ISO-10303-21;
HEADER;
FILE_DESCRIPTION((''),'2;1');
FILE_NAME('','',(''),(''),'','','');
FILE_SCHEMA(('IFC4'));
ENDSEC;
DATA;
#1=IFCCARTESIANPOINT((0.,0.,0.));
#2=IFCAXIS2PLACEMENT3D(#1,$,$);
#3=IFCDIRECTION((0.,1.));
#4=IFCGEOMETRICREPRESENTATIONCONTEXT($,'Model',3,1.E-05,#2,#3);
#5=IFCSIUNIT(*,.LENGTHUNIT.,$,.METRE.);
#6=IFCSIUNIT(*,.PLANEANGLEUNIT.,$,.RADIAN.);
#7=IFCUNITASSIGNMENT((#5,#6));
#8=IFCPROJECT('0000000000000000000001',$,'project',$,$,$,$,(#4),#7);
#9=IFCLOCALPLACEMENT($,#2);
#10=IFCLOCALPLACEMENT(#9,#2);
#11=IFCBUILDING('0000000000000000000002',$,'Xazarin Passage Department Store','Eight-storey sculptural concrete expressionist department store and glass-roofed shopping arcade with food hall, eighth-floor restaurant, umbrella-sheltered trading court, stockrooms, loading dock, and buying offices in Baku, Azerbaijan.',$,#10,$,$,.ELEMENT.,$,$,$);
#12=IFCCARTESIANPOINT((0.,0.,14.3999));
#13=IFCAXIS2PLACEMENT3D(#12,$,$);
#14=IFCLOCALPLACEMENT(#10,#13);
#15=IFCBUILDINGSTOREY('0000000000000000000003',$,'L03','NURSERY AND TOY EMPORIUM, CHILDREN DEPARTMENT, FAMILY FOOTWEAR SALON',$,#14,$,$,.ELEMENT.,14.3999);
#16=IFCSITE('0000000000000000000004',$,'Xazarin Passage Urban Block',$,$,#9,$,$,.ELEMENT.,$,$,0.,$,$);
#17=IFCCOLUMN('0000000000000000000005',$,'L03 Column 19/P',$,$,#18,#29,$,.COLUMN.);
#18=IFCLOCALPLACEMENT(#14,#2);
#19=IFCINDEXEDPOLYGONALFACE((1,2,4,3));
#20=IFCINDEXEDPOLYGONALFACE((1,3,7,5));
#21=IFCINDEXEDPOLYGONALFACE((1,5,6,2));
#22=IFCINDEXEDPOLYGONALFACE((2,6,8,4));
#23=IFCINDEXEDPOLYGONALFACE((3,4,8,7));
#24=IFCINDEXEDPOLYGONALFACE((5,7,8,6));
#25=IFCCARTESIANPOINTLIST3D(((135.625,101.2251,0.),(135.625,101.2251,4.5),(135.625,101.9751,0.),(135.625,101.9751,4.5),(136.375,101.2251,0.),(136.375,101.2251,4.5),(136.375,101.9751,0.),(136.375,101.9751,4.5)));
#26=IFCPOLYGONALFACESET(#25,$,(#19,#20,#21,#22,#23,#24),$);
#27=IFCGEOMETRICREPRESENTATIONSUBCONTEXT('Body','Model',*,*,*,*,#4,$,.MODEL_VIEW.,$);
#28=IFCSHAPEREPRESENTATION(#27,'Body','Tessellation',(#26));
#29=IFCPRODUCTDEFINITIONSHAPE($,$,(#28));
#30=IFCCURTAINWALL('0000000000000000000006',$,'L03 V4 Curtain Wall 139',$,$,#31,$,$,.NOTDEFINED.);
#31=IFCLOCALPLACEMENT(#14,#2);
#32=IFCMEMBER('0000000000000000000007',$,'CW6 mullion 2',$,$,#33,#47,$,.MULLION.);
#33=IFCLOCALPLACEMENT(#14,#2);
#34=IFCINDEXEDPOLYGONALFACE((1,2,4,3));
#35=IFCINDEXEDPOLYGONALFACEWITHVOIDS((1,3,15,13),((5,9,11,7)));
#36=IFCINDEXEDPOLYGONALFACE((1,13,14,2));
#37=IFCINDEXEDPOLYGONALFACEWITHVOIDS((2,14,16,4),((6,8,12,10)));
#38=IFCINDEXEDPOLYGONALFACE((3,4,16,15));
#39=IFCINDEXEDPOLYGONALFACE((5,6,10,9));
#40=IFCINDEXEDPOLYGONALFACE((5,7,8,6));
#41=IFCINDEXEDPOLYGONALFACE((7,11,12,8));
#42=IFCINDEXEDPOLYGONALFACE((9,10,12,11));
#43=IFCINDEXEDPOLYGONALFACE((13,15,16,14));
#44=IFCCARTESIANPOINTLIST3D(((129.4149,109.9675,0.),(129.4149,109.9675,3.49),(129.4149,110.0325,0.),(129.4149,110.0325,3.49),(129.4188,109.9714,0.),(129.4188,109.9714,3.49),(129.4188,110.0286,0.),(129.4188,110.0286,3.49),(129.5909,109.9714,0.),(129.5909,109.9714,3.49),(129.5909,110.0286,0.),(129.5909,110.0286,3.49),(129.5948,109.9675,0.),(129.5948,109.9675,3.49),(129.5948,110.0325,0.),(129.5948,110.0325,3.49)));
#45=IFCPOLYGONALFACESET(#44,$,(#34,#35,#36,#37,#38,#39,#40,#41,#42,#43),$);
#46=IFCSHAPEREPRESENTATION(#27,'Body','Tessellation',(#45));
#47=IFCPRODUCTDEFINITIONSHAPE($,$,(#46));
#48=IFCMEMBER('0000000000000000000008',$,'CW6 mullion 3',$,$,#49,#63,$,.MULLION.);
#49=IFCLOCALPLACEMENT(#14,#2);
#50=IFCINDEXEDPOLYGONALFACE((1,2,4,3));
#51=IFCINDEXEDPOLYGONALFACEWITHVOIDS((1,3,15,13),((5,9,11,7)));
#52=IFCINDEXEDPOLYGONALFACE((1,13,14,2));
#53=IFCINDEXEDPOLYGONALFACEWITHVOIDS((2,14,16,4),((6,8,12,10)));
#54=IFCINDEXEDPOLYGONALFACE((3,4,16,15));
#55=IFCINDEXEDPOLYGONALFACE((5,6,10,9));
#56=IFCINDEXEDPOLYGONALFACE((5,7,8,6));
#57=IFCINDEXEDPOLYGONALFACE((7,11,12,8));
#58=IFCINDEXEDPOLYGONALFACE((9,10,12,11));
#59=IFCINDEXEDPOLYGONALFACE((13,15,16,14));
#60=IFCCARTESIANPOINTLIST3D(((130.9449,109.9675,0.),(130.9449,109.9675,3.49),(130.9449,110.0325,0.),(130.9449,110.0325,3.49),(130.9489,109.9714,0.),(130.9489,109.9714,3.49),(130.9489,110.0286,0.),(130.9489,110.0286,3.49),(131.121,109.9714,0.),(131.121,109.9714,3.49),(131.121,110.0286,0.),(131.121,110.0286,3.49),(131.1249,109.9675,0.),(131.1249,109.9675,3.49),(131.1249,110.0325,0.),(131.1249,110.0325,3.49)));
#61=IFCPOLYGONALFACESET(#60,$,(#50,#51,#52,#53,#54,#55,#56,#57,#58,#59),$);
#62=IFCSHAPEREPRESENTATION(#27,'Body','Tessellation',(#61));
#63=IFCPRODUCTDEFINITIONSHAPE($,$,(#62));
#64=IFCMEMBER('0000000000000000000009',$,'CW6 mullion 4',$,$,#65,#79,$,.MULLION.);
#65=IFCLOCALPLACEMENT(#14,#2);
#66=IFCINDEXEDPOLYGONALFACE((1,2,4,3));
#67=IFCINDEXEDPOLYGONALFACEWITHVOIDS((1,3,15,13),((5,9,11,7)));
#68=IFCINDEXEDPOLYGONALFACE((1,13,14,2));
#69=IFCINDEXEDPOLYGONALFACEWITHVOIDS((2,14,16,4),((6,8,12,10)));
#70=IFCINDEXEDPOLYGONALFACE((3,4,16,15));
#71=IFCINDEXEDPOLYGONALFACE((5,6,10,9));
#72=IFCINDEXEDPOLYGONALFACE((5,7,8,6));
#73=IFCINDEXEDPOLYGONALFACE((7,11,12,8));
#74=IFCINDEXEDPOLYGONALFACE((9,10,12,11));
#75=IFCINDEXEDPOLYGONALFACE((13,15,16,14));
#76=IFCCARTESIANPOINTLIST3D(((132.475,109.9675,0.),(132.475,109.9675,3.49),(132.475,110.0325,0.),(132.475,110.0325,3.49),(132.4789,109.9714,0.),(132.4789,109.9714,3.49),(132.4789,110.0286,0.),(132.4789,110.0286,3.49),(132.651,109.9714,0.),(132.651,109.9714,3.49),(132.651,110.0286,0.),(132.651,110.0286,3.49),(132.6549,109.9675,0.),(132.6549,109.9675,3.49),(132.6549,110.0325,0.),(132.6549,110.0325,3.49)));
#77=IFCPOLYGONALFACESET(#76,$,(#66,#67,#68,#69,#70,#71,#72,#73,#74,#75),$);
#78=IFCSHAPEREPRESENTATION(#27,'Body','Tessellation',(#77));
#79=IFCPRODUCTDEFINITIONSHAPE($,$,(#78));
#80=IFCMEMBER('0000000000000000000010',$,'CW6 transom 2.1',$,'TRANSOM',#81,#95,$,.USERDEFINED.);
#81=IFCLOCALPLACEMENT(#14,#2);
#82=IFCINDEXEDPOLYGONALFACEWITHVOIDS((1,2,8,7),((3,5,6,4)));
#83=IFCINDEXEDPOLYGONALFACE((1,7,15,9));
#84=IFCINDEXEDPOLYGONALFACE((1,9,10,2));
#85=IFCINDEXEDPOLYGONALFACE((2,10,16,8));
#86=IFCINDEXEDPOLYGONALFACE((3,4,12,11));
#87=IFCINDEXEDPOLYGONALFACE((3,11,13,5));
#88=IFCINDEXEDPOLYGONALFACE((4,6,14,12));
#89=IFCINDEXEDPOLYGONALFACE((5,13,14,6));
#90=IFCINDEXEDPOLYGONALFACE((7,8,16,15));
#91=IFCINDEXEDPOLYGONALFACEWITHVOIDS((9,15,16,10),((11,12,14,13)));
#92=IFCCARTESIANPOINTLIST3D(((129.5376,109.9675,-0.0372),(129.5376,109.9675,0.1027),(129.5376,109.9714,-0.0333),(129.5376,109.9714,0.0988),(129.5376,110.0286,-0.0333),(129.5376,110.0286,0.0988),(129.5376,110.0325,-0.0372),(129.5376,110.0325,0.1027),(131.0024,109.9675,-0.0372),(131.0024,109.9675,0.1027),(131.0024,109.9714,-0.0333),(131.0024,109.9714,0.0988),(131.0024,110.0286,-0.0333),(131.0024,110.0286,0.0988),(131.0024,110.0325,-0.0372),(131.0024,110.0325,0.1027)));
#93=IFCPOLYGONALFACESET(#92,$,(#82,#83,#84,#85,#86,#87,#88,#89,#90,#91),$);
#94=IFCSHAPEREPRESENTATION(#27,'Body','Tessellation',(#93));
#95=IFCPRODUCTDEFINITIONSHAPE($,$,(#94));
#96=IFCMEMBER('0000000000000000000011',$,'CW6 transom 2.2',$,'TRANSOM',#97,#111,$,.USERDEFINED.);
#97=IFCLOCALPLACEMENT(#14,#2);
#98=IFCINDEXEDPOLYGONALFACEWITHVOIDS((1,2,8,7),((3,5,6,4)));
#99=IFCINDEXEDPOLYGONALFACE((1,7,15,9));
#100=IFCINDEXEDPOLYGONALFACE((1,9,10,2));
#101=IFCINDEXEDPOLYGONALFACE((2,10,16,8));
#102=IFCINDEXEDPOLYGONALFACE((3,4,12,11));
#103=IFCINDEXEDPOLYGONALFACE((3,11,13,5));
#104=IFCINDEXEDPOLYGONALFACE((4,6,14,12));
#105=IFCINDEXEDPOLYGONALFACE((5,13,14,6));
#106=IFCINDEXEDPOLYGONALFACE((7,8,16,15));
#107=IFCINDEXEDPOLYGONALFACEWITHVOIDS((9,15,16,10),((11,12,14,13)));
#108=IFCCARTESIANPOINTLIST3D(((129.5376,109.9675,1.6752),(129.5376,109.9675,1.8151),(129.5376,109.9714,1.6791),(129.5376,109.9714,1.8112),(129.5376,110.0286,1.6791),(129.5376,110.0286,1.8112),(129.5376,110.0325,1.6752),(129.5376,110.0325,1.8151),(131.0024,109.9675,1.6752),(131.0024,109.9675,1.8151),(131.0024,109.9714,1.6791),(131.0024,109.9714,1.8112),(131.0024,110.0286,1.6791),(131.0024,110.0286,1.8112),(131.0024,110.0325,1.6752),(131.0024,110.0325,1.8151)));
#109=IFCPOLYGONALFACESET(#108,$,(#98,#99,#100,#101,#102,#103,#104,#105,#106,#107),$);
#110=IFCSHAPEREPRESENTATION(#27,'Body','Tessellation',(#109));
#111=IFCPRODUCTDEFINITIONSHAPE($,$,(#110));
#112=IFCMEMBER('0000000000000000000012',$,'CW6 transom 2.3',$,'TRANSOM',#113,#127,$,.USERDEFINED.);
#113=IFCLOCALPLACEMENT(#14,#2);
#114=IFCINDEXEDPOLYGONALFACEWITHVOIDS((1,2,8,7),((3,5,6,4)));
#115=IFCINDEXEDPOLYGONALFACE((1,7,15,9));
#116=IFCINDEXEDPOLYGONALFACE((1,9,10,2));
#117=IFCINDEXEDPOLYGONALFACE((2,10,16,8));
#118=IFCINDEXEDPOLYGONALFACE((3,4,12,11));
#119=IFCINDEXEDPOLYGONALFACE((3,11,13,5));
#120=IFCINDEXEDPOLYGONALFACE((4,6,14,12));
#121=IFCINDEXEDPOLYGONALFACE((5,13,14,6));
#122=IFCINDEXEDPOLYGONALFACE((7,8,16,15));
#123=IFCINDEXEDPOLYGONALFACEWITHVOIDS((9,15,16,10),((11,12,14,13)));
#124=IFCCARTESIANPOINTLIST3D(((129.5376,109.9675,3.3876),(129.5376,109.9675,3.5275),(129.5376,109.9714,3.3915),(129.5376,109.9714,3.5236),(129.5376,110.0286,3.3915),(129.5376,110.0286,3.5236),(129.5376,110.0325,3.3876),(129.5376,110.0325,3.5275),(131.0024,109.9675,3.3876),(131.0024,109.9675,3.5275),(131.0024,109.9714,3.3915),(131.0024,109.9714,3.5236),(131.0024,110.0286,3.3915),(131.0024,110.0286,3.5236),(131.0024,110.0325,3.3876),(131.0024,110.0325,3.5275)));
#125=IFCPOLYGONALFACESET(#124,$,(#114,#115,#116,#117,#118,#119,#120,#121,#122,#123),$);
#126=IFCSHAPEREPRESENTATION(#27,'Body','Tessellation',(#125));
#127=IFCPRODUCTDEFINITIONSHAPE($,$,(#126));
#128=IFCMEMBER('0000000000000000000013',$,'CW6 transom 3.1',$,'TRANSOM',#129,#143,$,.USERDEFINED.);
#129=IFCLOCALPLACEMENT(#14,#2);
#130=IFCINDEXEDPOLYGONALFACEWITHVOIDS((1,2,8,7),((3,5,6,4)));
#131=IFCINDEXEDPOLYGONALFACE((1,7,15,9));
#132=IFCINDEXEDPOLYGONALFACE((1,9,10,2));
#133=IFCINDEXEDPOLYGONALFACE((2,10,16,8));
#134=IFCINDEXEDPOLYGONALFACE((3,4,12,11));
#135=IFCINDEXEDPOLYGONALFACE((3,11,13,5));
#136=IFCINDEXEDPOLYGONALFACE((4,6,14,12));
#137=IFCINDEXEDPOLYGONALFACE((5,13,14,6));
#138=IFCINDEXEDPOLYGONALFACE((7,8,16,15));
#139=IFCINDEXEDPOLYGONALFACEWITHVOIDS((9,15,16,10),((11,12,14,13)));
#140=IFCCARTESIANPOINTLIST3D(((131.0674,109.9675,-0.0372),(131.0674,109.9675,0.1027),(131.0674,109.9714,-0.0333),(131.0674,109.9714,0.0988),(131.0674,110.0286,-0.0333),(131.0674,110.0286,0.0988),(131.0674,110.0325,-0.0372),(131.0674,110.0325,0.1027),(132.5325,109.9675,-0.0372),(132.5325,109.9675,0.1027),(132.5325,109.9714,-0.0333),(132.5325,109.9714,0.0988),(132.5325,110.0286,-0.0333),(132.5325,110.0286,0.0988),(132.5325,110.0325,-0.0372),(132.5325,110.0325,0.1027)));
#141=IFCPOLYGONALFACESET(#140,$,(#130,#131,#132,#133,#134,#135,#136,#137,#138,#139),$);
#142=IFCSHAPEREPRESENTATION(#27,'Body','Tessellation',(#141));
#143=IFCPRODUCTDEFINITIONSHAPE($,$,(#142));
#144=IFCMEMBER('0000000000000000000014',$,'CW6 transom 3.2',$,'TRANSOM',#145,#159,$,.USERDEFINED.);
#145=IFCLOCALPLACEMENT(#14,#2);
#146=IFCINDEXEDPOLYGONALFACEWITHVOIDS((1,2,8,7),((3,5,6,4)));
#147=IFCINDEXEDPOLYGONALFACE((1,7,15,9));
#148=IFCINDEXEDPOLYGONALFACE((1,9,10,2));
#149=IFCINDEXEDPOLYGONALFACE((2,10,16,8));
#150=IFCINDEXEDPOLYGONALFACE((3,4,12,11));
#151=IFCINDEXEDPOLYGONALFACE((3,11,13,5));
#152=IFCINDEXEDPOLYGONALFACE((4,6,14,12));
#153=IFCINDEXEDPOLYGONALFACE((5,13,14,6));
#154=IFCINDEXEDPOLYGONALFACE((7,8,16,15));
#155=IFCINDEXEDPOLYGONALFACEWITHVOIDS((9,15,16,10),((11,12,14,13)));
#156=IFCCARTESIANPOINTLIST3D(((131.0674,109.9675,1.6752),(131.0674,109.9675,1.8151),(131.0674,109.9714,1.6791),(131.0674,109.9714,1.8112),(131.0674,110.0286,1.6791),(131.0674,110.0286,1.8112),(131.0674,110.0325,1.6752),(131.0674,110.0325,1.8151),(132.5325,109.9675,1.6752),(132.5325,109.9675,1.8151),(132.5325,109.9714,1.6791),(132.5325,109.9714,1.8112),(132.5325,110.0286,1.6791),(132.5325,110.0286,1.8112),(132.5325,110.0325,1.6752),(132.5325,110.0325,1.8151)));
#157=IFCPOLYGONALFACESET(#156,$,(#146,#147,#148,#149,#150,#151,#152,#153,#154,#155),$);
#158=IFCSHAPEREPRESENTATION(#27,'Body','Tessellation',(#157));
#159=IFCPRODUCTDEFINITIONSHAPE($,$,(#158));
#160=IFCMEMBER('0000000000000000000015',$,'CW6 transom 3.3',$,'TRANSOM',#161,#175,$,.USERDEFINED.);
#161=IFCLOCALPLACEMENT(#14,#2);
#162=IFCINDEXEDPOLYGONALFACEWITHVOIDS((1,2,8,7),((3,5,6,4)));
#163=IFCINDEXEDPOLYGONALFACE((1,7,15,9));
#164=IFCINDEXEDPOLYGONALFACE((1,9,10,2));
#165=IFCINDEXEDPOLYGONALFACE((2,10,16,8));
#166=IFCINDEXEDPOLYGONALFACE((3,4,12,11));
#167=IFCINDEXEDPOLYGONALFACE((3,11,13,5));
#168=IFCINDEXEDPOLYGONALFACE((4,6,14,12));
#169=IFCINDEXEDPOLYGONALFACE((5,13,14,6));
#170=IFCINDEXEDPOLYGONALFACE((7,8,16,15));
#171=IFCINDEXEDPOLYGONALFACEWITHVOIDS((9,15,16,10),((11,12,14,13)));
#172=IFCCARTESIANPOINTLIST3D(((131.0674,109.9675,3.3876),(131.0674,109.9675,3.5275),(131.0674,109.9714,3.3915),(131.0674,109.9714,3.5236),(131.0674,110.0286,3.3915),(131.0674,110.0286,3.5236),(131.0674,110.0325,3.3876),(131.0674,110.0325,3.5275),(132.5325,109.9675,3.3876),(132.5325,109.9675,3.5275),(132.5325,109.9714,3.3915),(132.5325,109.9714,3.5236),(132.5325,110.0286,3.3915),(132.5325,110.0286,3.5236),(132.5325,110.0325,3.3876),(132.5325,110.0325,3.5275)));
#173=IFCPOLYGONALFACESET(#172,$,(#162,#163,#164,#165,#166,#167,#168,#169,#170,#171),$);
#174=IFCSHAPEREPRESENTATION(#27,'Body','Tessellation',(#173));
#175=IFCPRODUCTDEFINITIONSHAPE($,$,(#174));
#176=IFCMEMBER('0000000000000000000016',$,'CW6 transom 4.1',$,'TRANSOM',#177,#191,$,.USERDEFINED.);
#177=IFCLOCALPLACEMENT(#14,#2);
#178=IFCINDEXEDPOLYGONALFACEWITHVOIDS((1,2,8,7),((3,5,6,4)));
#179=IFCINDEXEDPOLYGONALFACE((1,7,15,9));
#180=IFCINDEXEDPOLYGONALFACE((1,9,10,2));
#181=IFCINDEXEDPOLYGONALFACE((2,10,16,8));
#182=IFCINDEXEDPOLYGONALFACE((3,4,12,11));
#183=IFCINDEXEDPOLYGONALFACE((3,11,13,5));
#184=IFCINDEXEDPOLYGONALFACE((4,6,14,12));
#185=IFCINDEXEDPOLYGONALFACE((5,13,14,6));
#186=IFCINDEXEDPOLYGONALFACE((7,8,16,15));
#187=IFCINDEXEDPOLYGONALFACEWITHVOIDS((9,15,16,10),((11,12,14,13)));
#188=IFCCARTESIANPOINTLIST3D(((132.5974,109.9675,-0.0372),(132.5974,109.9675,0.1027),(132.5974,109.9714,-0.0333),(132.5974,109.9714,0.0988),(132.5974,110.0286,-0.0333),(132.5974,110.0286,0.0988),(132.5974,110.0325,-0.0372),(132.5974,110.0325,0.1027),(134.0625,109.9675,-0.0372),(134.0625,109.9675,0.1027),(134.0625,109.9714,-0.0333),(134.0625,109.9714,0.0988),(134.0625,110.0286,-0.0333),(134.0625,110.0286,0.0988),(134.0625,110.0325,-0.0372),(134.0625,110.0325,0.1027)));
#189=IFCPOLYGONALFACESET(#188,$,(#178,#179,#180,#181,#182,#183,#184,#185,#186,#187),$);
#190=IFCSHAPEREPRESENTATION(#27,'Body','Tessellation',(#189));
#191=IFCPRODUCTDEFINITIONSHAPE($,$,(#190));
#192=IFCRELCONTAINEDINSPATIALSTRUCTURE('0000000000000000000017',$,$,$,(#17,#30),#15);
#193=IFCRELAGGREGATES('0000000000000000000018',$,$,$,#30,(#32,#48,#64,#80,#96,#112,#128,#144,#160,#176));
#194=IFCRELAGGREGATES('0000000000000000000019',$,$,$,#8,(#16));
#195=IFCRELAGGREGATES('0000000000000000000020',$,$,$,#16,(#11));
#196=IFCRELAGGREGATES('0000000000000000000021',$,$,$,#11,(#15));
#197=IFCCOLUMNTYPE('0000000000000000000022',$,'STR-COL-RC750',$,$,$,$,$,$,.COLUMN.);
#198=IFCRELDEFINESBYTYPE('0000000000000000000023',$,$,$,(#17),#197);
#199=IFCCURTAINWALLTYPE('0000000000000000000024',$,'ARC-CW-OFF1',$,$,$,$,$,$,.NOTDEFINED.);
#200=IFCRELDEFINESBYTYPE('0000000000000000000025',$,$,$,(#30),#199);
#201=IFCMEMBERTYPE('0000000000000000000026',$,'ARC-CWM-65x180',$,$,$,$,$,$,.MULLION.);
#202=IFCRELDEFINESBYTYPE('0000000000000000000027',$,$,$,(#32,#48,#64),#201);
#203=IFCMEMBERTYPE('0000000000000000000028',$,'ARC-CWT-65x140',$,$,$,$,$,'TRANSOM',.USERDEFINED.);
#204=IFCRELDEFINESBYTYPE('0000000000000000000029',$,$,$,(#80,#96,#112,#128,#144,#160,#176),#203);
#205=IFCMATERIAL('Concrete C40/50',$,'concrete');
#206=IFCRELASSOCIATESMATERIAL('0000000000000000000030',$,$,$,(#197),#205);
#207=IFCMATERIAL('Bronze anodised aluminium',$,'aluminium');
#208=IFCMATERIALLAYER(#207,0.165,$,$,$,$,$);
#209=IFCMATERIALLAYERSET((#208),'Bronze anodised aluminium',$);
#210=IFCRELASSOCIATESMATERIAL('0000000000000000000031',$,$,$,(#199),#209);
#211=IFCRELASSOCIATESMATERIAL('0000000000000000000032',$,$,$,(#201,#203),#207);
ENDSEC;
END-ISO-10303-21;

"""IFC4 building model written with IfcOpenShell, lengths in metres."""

from ifc_helpers import new_model, si_unit, direction, frame, origin, origin_2d, place, context, subcontext, project, spatial, rectangle, hollow_rectangle, extrude, material, layer, layer_set, material_profile, profile_set, type_object, element, aggregate, save


model = new_model("IFC4")

# Units and contexts
model_context = context("Model", 3, precision=1e-05, world=origin(), true_north=direction((0.0, 1.0)))
body_context = subcontext(model_context, "Body", "Model", "MODEL_VIEW")
ifc_project = project(units=[si_unit("LENGTHUNIT", "METRE"), si_unit("PLANEANGLEUNIT", "RADIAN")], contexts=[model_context])

# Site, building, storey
site_placement = place(None, origin())
site = spatial("IfcSite", under=ifc_project, at=site_placement, Name="Xazarin Passage Urban Block", CompositionType="ELEMENT", RefElevation=0.0)
building_placement = place(site_placement, origin())
building = spatial("IfcBuilding", under=site, at=building_placement, Name="Xazarin Passage Department Store", Description="Eight-storey sculptural concrete expressionist department store and glass-roofed shopping arcade with food hall, eighth-floor restaurant, umbrella-sheltered trading court, stockrooms, loading dock, and buying offices in Baku, Azerbaijan.", CompositionType="ELEMENT")
storey_placement = place(building_placement, frame((0.0, 0.0, 14.3999)))
storey = spatial("IfcBuildingStorey", under=building, at=storey_placement, Name="L03", Description="NURSERY AND TOY EMPORIUM, CHILDREN DEPARTMENT, FAMILY FOOTWEAR SALON", CompositionType="ELEMENT", Elevation=14.3999)

# Column
ifc_material_1 = material(Name="Concrete C40/50", Category="concrete")
ifc_material_profile_1 = material_profile(ifc_material_1, rectangle(XDim=0.75, YDim=0.75, at=origin_2d()), Name="RC 750x750")
ifc_profile_set_1 = profile_set([ifc_material_profile_1], Name="Concrete C40/50")
column_type = type_object("IfcColumnType", Name="STR-COL-RC750", PredefinedType="COLUMN", material=ifc_profile_set_1)
column_placement = place(storey_placement, frame((136.0, 101.6001, 0.0), z_axis=(0.0, 0.0, 1.0), x_axis=(1.0, 0.0, 0.0)))
element("IfcColumn", 1, at=column_placement, inside=storey, type_object=column_type, Name="L03 Column 19/P", PredefinedType="COLUMN", context=body_context, shape_type="SweptSolid", body=[
    extrude(rectangle(XDim=0.75, YDim=0.75, at=origin_2d()), origin(), (0.0, 0.0, 1.0), 4.5),
])

# Curtain wall, members
ifc_material_2 = material(Name="Bronze anodised aluminium", Category="aluminium")
ifc_layer_1 = layer(ifc_material_2, 0.165)
ifc_layer_set_1 = layer_set([ifc_layer_1], Name="Bronze anodised aluminium")
curtain_wall_type = type_object("IfcCurtainWallType", Name="ARC-CW-OFF1", PredefinedType="NOTDEFINED", material=ifc_layer_set_1)
curtain_wall_placement = place(storey_placement, origin())
curtain_wall = element("IfcCurtainWall", 2, at=curtain_wall_placement, inside=storey, type_object=curtain_wall_type, Name="L03 V4 Curtain Wall 139", PredefinedType="NOTDEFINED")
ifc_material_profile_2 = material_profile(ifc_material_2, hollow_rectangle(XDim=0.0649, YDim=0.1799, WallThickness=0.0039, at=origin_2d()), Name="ALU 65x180")
ifc_profile_set_2 = profile_set([ifc_material_profile_2], Name="Bronze anodised aluminium")
member_type_1 = type_object("IfcMemberType", Name="ARC-CWM-65x180", PredefinedType="MULLION", material=ifc_profile_set_2)
member_1_placement = place(storey_placement, frame((129.5049, 110.0, 0.0), z_axis=(0.0, 0.0, 1.0), x_axis=(0.0, 1.0, 0.0)))
member_1 = element("IfcMember", 3, at=member_1_placement, type_object=member_type_1, Name="CW6 mullion 2", PredefinedType="MULLION", context=body_context, shape_type="SweptSolid", body=[
    extrude(hollow_rectangle(XDim=0.0649, YDim=0.1799, WallThickness=0.0039, at=origin_2d()), origin(), (0.0, 0.0, 1.0), 3.49),
])
member_2_placement = place(storey_placement, frame((131.0349, 110.0, 0.0), z_axis=(0.0, 0.0, 1.0), x_axis=(0.0, 1.0, 0.0)))
member_2 = element("IfcMember", 4, at=member_2_placement, type_object=member_type_1, Name="CW6 mullion 3", PredefinedType="MULLION", context=body_context, shape_type="SweptSolid", body=[
    extrude(hollow_rectangle(XDim=0.0649, YDim=0.1799, WallThickness=0.0039, at=origin_2d()), origin(), (0.0, 0.0, 1.0), 3.49),
])
member_3_placement = place(storey_placement, frame((132.5649, 110.0, 0.0), z_axis=(0.0, 0.0, 1.0), x_axis=(0.0, 1.0, 0.0)))
member_3 = element("IfcMember", 5, at=member_3_placement, type_object=member_type_1, Name="CW6 mullion 4", PredefinedType="MULLION", context=body_context, shape_type="SweptSolid", body=[
    extrude(hollow_rectangle(XDim=0.0649, YDim=0.1799, WallThickness=0.0039, at=origin_2d()), origin(), (0.0, 0.0, 1.0), 3.49),
])
ifc_material_profile_3 = material_profile(ifc_material_2, hollow_rectangle(XDim=0.0649, YDim=0.1399, WallThickness=0.0039, at=origin_2d()), Name="ALU 65x140")
ifc_profile_set_3 = profile_set([ifc_material_profile_3], Name="Bronze anodised aluminium")
member_type_2 = type_object("IfcMemberType", Name="ARC-CWT-65x140", ElementType="TRANSOM", PredefinedType="USERDEFINED", material=ifc_profile_set_3)
member_4_placement = place(storey_placement, frame((129.5376, 110.0, 0.0327), z_axis=(1.0, 0.0, 0.0), x_axis=(0.0, 1.0, 0.0)))
member_4 = element("IfcMember", 6, at=member_4_placement, type_object=member_type_2, Name="CW6 transom 2.1", ObjectType="TRANSOM", PredefinedType="USERDEFINED", context=body_context, shape_type="SweptSolid", body=[
    extrude(hollow_rectangle(XDim=0.0649, YDim=0.1399, WallThickness=0.0039, at=origin_2d()), origin(), (0.0, 0.0, 1.0), 1.4648),
])
member_5_placement = place(storey_placement, frame((129.5376, 110.0, 1.7451), z_axis=(1.0, 0.0, 0.0), x_axis=(0.0, 1.0, 0.0)))
member_5 = element("IfcMember", 7, at=member_5_placement, type_object=member_type_2, Name="CW6 transom 2.2", ObjectType="TRANSOM", PredefinedType="USERDEFINED", context=body_context, shape_type="SweptSolid", body=[
    extrude(hollow_rectangle(XDim=0.0649, YDim=0.1399, WallThickness=0.0039, at=origin_2d()), origin(), (0.0, 0.0, 1.0), 1.4648),
])
member_6_placement = place(storey_placement, frame((129.5376, 110.0, 3.4575), z_axis=(1.0, 0.0, 0.0), x_axis=(0.0, 1.0, 0.0)))
member_6 = element("IfcMember", 8, at=member_6_placement, type_object=member_type_2, Name="CW6 transom 2.3", ObjectType="TRANSOM", PredefinedType="USERDEFINED", context=body_context, shape_type="SweptSolid", body=[
    extrude(hollow_rectangle(XDim=0.0649, YDim=0.1399, WallThickness=0.0039, at=origin_2d()), origin(), (0.0, 0.0, 1.0), 1.4648),
])
member_7_placement = place(storey_placement, frame((131.0674, 110.0, 0.0327), z_axis=(1.0, 0.0, 0.0), x_axis=(0.0, 1.0, 0.0)))
member_7 = element("IfcMember", 9, at=member_7_placement, type_object=member_type_2, Name="CW6 transom 3.1", ObjectType="TRANSOM", PredefinedType="USERDEFINED", context=body_context, shape_type="SweptSolid", body=[
    extrude(hollow_rectangle(XDim=0.0649, YDim=0.1399, WallThickness=0.0039, at=origin_2d()), origin(), (0.0, 0.0, 1.0), 1.4651),
])
member_8_placement = place(storey_placement, frame((131.0674, 110.0, 1.7451), z_axis=(1.0, 0.0, 0.0), x_axis=(0.0, 1.0, 0.0)))
member_8 = element("IfcMember", 10, at=member_8_placement, type_object=member_type_2, Name="CW6 transom 3.2", ObjectType="TRANSOM", PredefinedType="USERDEFINED", context=body_context, shape_type="SweptSolid", body=[
    extrude(hollow_rectangle(XDim=0.0649, YDim=0.1399, WallThickness=0.0039, at=origin_2d()), origin(), (0.0, 0.0, 1.0), 1.4651),
])
member_9_placement = place(storey_placement, frame((131.0674, 110.0, 3.4575), z_axis=(1.0, 0.0, 0.0), x_axis=(0.0, 1.0, 0.0)))
member_9 = element("IfcMember", 11, at=member_9_placement, type_object=member_type_2, Name="CW6 transom 3.3", ObjectType="TRANSOM", PredefinedType="USERDEFINED", context=body_context, shape_type="SweptSolid", body=[
    extrude(hollow_rectangle(XDim=0.0649, YDim=0.1399, WallThickness=0.0039, at=origin_2d()), origin(), (0.0, 0.0, 1.0), 1.4651),
])
member_10_placement = place(storey_placement, frame((132.5974, 110.0, 0.0327), z_axis=(1.0, 0.0, 0.0), x_axis=(0.0, 1.0, 0.0)))
member_10 = element("IfcMember", 12, at=member_10_placement, type_object=member_type_2, Name="CW6 transom 4.1", ObjectType="TRANSOM", PredefinedType="USERDEFINED", context=body_context, shape_type="SweptSolid", body=[
    extrude(hollow_rectangle(XDim=0.0649, YDim=0.1399, WallThickness=0.0039, at=origin_2d()), origin(), (0.0, 0.0, 1.0), 1.4651),
])

aggregate(curtain_wall, [member_1, member_2, member_3, member_4, member_5, member_6, member_7, member_8, member_9, member_10])

save(model, "model.ifc")
